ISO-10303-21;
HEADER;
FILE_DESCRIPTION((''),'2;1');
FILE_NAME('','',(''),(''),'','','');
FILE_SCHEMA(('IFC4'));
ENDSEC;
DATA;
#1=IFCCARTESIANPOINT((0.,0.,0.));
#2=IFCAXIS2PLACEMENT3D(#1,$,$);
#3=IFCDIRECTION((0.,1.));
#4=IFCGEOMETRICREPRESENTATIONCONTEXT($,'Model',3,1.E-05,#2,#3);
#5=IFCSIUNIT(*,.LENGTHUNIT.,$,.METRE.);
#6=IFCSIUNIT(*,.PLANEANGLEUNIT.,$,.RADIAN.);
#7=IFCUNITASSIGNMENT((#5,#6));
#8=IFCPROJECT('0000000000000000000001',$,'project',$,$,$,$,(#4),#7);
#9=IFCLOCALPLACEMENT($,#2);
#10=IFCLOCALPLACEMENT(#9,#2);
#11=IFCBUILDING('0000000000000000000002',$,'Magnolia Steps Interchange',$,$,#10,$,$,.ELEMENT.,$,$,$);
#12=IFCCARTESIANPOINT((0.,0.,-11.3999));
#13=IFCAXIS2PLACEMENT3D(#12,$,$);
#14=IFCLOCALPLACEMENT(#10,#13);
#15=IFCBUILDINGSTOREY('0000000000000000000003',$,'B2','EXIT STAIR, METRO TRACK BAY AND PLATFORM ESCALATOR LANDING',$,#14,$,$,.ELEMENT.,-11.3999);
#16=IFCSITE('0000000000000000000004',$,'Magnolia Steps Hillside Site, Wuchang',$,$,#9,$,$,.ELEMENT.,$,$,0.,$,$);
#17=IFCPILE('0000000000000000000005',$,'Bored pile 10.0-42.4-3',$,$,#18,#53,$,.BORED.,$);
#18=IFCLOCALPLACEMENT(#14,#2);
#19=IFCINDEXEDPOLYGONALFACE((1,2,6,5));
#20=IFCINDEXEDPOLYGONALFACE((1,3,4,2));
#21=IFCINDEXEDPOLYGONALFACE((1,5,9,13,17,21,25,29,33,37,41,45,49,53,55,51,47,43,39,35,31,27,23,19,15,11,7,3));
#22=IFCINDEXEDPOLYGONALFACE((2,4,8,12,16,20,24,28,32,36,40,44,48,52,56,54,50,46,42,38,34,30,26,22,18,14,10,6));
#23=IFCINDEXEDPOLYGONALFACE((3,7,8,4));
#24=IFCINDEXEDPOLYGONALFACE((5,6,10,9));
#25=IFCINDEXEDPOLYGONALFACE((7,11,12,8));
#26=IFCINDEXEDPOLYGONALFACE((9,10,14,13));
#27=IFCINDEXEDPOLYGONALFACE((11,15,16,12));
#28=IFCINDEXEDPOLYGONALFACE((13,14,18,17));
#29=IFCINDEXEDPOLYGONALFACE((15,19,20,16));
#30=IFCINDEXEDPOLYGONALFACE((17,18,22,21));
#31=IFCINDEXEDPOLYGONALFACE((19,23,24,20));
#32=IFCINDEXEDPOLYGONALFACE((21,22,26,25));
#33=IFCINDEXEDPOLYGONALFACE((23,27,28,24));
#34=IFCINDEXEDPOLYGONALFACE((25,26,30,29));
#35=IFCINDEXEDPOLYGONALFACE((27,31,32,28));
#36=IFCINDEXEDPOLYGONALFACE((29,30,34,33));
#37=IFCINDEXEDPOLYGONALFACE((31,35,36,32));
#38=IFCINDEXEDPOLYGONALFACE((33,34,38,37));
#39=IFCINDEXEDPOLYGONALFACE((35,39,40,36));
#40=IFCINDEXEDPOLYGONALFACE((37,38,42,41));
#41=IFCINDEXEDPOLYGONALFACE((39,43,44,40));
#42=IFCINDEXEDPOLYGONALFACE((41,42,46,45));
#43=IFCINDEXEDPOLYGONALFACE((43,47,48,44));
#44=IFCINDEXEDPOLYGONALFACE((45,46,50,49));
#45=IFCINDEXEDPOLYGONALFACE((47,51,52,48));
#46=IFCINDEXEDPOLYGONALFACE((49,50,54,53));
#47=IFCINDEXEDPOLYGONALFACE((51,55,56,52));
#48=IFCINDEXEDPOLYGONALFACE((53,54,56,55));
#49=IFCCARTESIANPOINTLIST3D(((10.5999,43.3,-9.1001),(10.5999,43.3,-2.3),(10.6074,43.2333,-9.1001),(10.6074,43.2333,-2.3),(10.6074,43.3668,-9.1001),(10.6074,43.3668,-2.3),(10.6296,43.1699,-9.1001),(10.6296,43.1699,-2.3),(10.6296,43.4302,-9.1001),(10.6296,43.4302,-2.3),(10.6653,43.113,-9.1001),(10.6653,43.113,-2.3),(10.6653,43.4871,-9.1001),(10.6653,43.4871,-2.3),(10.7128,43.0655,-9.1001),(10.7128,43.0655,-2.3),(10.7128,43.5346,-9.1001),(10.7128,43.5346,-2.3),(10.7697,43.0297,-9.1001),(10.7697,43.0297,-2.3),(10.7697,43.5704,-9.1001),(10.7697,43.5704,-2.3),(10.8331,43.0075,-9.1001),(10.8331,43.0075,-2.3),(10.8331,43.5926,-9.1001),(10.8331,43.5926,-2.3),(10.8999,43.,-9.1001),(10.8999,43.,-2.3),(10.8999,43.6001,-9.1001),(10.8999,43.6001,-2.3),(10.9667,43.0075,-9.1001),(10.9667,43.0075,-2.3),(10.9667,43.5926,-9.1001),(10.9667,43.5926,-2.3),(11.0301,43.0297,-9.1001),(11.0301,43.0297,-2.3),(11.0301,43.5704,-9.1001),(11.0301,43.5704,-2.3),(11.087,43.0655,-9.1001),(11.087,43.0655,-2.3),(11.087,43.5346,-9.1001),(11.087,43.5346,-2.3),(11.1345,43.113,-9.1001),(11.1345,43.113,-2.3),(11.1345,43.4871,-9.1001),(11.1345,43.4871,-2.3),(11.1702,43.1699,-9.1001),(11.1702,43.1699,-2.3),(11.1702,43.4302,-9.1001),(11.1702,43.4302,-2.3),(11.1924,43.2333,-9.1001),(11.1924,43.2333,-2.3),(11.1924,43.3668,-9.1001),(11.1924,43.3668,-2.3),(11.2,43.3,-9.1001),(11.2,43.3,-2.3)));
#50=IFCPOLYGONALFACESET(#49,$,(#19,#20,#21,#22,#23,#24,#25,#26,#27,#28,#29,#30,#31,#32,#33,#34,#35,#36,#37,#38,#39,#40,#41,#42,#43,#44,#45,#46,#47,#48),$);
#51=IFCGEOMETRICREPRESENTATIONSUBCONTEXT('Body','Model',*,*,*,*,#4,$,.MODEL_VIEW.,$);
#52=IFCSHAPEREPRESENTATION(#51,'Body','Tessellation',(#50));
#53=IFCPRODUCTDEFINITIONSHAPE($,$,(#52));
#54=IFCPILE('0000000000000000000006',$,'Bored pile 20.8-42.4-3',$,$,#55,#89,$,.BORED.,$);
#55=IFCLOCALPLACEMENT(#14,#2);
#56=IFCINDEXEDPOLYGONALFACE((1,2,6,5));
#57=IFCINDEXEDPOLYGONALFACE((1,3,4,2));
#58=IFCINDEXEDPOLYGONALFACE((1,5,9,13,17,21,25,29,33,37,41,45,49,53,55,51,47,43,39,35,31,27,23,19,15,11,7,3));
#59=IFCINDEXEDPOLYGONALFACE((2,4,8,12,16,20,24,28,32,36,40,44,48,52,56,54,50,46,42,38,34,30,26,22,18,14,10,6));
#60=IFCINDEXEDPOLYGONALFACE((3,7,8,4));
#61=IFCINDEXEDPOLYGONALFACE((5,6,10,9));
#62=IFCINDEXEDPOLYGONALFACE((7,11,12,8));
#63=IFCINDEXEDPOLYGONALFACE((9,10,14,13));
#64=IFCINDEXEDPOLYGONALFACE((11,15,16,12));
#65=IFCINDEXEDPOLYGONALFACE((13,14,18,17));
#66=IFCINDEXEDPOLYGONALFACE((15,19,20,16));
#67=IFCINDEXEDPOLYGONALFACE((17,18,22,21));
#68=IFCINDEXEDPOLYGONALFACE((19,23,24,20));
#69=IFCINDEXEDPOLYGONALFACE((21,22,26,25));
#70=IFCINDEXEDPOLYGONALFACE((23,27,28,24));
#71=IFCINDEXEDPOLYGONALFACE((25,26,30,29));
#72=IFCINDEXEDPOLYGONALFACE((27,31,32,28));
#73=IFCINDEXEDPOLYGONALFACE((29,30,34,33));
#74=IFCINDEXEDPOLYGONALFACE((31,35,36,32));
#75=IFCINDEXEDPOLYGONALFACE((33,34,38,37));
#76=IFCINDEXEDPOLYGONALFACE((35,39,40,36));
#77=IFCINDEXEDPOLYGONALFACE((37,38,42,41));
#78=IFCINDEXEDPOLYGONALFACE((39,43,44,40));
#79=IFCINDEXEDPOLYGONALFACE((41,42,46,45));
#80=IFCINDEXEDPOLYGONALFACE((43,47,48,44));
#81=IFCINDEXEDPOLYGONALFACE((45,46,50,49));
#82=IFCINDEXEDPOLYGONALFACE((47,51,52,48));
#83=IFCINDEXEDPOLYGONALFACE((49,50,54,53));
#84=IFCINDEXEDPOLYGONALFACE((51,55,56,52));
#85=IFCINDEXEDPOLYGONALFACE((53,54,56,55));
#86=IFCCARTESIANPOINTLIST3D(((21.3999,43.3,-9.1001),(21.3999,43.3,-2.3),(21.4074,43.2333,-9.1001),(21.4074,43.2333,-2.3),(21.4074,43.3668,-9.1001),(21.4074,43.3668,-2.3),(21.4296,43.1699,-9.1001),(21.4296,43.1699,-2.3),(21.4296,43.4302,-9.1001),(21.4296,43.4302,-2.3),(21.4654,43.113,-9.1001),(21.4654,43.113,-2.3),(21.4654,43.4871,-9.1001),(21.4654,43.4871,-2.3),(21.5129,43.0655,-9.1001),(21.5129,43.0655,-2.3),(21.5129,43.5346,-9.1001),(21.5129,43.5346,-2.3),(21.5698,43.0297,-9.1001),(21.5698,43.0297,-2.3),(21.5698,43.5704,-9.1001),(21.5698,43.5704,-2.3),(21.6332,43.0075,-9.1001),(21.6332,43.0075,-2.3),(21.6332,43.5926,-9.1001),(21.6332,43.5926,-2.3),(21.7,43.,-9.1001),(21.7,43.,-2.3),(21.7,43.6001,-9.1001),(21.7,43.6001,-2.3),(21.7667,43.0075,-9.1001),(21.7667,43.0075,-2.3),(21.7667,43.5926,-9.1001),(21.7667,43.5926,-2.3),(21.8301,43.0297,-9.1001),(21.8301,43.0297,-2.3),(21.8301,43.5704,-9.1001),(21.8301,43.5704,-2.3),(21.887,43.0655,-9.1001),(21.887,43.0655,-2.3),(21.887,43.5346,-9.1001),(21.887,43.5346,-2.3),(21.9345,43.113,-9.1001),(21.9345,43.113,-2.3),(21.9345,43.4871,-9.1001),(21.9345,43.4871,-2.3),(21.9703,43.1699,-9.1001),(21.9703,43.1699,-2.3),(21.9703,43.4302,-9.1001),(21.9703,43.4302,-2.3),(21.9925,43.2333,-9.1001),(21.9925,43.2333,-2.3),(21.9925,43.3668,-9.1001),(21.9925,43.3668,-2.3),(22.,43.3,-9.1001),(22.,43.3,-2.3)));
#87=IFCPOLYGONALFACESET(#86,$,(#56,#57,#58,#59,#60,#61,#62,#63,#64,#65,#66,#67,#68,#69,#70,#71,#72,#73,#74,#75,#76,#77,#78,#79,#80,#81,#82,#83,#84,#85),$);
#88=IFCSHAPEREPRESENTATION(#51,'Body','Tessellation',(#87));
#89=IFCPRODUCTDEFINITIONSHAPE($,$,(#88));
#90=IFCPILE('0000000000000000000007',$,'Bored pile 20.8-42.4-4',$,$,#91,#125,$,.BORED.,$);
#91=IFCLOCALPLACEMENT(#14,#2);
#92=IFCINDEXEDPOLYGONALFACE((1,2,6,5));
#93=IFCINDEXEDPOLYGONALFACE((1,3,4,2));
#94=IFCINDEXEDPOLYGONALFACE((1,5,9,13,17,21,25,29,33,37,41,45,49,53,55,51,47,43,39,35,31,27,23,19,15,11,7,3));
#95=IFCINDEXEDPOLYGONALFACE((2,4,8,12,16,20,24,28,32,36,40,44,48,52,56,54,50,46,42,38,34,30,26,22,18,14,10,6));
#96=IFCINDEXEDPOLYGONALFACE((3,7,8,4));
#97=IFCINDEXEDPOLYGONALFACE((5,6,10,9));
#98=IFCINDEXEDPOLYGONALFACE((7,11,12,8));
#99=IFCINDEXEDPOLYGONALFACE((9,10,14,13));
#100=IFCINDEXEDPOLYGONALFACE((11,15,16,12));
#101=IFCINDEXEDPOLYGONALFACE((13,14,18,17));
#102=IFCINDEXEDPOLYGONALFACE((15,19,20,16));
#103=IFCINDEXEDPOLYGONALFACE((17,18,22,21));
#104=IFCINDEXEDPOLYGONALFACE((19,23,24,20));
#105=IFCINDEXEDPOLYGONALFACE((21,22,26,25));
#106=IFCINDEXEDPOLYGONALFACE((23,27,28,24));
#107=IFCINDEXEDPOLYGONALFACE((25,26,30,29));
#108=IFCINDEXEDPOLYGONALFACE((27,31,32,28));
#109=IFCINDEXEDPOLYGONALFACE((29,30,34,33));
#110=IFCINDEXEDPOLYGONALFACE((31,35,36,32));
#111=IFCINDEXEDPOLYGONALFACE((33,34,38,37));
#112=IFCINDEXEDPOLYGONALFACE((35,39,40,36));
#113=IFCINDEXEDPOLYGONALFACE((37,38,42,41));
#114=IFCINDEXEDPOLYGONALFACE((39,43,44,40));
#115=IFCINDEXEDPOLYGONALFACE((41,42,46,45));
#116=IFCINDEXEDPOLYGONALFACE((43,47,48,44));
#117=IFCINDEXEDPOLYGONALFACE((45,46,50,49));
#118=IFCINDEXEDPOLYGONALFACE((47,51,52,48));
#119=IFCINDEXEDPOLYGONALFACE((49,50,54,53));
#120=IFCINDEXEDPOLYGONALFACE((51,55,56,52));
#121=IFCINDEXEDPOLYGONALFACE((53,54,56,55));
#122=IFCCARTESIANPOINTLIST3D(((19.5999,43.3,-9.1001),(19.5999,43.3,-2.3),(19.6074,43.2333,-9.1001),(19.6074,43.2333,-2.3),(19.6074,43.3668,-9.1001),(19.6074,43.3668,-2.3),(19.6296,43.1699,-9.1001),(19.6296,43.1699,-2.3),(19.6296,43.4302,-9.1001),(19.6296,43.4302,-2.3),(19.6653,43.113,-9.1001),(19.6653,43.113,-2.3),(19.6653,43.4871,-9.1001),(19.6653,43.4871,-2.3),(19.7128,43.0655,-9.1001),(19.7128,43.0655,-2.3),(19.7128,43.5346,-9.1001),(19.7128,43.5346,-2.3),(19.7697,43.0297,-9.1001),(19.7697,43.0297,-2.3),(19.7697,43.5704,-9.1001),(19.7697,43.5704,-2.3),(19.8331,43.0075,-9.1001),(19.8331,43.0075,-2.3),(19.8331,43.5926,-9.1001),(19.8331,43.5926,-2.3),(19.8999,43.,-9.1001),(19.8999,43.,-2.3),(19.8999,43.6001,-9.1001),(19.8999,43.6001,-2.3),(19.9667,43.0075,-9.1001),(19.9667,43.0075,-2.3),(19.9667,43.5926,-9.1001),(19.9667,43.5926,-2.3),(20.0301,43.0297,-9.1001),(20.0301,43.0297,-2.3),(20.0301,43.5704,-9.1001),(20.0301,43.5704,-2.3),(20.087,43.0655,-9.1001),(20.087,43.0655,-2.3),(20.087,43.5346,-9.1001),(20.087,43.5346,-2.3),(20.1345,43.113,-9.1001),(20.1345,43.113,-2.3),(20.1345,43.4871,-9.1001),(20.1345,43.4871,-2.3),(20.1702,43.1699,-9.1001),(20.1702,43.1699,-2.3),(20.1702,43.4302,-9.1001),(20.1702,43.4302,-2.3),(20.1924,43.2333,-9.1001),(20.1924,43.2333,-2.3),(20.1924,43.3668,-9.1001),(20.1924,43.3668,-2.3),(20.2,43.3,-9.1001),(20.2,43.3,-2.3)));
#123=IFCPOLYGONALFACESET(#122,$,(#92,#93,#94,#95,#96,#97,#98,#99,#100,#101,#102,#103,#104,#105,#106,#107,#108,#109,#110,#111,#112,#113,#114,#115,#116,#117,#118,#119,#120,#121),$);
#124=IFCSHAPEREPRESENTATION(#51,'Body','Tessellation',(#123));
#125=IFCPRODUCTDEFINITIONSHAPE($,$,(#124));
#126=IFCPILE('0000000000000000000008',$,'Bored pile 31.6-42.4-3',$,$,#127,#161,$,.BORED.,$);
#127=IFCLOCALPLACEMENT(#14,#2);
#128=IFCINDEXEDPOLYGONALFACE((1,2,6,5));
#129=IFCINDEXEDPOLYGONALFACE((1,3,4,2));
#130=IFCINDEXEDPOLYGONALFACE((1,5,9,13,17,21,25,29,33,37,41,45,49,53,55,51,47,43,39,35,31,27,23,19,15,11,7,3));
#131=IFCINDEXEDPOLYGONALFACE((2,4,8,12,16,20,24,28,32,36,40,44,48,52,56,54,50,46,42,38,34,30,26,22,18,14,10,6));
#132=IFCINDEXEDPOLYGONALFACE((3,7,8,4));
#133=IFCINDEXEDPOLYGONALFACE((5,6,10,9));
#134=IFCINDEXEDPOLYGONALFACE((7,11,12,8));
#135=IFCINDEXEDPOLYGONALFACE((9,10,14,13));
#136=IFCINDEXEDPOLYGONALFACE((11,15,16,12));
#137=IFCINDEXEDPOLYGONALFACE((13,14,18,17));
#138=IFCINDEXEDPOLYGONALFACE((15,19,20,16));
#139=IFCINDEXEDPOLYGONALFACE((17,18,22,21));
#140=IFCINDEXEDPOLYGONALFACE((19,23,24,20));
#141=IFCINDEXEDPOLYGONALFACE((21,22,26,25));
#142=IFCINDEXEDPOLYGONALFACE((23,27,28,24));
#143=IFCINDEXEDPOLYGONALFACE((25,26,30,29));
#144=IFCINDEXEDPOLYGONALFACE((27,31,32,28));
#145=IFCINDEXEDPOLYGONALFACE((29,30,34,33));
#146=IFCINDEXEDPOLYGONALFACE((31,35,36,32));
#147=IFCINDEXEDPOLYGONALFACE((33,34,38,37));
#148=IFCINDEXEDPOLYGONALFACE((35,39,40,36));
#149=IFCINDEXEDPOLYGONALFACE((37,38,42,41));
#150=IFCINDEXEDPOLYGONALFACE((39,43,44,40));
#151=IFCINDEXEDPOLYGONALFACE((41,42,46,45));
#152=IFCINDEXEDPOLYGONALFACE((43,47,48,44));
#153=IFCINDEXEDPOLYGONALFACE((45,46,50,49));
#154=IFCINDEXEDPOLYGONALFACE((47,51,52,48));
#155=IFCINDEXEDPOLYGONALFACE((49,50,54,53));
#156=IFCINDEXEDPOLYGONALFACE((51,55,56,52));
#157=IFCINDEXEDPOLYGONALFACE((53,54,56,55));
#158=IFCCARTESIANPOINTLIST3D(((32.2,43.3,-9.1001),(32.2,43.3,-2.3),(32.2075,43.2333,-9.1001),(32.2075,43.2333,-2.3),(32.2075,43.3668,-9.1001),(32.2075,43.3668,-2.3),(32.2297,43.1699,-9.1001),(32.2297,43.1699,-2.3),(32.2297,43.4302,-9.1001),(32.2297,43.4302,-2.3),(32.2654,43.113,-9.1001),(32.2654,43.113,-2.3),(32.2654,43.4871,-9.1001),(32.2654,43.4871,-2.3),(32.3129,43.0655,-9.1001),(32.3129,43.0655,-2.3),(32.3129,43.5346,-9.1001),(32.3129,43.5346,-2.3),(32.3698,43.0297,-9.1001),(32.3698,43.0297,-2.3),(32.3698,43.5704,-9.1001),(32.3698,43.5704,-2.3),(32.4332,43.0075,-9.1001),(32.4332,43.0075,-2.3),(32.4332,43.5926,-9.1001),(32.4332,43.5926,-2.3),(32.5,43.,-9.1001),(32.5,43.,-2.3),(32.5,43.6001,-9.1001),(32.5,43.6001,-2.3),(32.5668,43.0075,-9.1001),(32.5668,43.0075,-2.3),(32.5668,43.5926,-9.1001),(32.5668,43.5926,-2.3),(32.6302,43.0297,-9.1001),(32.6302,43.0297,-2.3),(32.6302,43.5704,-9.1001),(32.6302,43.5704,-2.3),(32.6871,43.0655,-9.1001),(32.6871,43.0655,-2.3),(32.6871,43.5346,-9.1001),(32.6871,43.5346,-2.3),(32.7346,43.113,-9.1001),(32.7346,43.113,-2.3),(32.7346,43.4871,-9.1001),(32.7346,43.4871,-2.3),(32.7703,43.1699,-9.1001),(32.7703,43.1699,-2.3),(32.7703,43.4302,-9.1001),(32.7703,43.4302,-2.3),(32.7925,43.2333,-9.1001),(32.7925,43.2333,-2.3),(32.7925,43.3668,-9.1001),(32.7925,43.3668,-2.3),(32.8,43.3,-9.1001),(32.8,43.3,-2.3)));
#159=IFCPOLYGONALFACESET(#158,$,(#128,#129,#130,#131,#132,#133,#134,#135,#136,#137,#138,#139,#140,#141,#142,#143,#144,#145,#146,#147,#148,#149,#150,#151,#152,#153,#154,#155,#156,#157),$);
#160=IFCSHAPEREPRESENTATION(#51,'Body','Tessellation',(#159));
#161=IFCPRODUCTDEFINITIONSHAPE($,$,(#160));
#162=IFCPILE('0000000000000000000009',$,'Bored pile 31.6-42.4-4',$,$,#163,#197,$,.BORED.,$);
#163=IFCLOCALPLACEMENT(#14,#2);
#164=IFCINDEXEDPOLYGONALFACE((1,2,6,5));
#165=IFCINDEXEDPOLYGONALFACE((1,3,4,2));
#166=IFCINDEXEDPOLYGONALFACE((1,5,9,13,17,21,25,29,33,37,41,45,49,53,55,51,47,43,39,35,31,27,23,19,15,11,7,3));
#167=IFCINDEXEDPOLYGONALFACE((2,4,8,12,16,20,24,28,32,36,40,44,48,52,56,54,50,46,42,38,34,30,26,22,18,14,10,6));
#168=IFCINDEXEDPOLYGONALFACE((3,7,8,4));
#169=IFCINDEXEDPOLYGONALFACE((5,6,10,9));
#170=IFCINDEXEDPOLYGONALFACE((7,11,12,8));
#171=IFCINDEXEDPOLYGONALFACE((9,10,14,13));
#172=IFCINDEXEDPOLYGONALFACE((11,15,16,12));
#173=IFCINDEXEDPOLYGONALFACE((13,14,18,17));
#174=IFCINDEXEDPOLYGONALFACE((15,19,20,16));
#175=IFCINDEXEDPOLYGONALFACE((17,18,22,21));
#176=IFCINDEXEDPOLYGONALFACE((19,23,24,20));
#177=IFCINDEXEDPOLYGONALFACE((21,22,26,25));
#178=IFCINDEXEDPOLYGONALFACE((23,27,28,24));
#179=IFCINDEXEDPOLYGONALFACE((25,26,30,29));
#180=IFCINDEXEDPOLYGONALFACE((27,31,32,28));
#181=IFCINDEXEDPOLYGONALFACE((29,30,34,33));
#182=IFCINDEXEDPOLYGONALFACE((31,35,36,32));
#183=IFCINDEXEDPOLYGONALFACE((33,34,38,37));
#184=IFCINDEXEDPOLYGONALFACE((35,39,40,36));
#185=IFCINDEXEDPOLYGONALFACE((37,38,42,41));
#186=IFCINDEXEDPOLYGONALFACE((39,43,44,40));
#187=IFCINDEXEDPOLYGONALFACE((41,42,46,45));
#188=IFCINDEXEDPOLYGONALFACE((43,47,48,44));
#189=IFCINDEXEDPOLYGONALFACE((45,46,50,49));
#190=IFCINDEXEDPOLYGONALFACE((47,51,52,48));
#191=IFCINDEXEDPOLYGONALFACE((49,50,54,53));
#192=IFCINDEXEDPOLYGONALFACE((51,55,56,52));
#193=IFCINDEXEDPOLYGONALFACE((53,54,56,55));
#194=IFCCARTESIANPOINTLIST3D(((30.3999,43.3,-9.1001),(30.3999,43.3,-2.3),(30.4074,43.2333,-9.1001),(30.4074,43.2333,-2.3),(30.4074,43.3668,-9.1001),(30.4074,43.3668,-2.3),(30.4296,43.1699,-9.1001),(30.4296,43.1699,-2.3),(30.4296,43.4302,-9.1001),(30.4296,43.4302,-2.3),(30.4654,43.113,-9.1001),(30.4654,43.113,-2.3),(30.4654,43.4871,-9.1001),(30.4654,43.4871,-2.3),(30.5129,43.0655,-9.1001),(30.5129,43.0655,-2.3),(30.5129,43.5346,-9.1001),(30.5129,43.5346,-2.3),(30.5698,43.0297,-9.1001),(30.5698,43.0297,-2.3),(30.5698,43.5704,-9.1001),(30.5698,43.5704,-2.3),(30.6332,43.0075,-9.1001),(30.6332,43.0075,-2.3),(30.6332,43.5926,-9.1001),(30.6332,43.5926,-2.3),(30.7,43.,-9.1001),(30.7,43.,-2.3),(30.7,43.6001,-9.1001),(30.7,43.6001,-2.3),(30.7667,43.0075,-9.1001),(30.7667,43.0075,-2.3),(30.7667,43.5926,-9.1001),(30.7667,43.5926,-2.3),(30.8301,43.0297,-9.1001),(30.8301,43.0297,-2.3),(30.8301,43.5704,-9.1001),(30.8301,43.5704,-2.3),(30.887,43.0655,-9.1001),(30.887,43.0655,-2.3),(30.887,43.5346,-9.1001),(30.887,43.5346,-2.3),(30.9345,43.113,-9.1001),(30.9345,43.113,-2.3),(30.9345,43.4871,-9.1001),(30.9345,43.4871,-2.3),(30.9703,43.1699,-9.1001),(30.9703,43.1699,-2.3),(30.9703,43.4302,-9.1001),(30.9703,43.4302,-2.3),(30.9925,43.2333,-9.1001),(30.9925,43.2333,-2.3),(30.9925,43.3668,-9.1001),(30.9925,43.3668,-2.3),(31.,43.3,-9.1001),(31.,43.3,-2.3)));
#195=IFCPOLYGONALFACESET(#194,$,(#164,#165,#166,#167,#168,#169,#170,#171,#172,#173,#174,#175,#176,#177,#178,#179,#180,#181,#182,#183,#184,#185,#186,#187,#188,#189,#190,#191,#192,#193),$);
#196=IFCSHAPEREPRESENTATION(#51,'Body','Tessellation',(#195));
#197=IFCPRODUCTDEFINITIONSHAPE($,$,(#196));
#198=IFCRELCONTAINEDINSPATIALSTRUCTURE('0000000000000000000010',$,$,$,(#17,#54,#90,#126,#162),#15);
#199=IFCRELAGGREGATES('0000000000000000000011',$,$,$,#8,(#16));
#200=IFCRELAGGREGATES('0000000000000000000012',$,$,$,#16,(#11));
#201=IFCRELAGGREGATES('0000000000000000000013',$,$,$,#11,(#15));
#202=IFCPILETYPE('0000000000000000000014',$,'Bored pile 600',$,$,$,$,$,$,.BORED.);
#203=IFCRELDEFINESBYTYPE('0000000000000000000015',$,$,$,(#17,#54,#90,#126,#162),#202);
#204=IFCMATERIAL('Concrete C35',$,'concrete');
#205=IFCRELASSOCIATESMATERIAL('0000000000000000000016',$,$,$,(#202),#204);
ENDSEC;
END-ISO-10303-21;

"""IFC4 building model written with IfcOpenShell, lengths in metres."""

from ifc_helpers import new_model, si_unit, direction, frame, origin, origin_2d, place, context, subcontext, project, spatial, circle, extrude, material, material_profile, profile_set, type_object, element, save


model = new_model("IFC4")

# Units and contexts
model_context = context("Model", 3, precision=1e-05, world=origin(), true_north=direction((0.0, 1.0)))
body_context = subcontext(model_context, "Body", "Model", "MODEL_VIEW")
ifc_project = project(units=[si_unit("LENGTHUNIT", "METRE"), si_unit("PLANEANGLEUNIT", "RADIAN")], contexts=[model_context])

# Site, building, storey
site_placement = place(None, origin())
site = spatial("IfcSite", under=ifc_project, at=site_placement, Name="Magnolia Steps Hillside Site, Wuchang", CompositionType="ELEMENT", RefElevation=0.0)
building_placement = place(site_placement, origin())
building = spatial("IfcBuilding", under=site, at=building_placement, Name="Magnolia Steps Interchange", CompositionType="ELEMENT")
storey_placement = place(building_placement, frame((0.0, 0.0, -11.3999)))
storey = spatial("IfcBuildingStorey", under=building, at=storey_placement, Name="B2", Description="EXIT STAIR, METRO TRACK BAY AND PLATFORM ESCALATOR LANDING", CompositionType="ELEMENT", Elevation=-11.3999)

# Piles
ifc_material_1 = material(Name="Concrete C35", Category="concrete")
ifc_material_profile_1 = material_profile(ifc_material_1, circle(Radius=0.3, at=origin_2d()), Name="Bored pile 600")
ifc_profile_set_1 = profile_set([ifc_material_profile_1], Name="Concrete C35")
pile_type_1 = type_object("IfcPileType", Name="Bored pile 600", PredefinedType="BORED", material=ifc_profile_set_1)
for number, where, z_axis, x_axis, name in (
    (1, (10.8999, 43.3, -2.3), (0.0, 0.0, -1.0), (1.0, 0.0, 0.0), "Bored pile 10.0-42.4-3"),
    (2, (21.7, 43.3, -2.3), (0.0, 0.0, -1.0), (1.0, 0.0, 0.0), "Bored pile 20.8-42.4-3"),
    (3, (19.8999, 43.3, -2.3), (0.0, 0.0, -1.0), (1.0, 0.0, 0.0), "Bored pile 20.8-42.4-4"),
    (4, (32.5, 43.3, -2.3), (0.0, 0.0, -1.0), (1.0, 0.0, 0.0), "Bored pile 31.6-42.4-3"),
    (5, (30.7, 43.3, -2.3), (0.0, 0.0, -1.0), (1.0, 0.0, 0.0), "Bored pile 31.6-42.4-4"),
):
    element("IfcPile", number, at=place(storey_placement, frame(where, z_axis=z_axis, x_axis=x_axis)), inside=storey, type_object=pile_type_1, Name=name, PredefinedType="BORED", context=body_context, shape_type="SweptSolid", body=[
        extrude(circle(Radius=0.3, at=origin_2d()), origin(), (0.0, 0.0, 1.0), 6.8),
    ])

save(model, "model.ifc")
